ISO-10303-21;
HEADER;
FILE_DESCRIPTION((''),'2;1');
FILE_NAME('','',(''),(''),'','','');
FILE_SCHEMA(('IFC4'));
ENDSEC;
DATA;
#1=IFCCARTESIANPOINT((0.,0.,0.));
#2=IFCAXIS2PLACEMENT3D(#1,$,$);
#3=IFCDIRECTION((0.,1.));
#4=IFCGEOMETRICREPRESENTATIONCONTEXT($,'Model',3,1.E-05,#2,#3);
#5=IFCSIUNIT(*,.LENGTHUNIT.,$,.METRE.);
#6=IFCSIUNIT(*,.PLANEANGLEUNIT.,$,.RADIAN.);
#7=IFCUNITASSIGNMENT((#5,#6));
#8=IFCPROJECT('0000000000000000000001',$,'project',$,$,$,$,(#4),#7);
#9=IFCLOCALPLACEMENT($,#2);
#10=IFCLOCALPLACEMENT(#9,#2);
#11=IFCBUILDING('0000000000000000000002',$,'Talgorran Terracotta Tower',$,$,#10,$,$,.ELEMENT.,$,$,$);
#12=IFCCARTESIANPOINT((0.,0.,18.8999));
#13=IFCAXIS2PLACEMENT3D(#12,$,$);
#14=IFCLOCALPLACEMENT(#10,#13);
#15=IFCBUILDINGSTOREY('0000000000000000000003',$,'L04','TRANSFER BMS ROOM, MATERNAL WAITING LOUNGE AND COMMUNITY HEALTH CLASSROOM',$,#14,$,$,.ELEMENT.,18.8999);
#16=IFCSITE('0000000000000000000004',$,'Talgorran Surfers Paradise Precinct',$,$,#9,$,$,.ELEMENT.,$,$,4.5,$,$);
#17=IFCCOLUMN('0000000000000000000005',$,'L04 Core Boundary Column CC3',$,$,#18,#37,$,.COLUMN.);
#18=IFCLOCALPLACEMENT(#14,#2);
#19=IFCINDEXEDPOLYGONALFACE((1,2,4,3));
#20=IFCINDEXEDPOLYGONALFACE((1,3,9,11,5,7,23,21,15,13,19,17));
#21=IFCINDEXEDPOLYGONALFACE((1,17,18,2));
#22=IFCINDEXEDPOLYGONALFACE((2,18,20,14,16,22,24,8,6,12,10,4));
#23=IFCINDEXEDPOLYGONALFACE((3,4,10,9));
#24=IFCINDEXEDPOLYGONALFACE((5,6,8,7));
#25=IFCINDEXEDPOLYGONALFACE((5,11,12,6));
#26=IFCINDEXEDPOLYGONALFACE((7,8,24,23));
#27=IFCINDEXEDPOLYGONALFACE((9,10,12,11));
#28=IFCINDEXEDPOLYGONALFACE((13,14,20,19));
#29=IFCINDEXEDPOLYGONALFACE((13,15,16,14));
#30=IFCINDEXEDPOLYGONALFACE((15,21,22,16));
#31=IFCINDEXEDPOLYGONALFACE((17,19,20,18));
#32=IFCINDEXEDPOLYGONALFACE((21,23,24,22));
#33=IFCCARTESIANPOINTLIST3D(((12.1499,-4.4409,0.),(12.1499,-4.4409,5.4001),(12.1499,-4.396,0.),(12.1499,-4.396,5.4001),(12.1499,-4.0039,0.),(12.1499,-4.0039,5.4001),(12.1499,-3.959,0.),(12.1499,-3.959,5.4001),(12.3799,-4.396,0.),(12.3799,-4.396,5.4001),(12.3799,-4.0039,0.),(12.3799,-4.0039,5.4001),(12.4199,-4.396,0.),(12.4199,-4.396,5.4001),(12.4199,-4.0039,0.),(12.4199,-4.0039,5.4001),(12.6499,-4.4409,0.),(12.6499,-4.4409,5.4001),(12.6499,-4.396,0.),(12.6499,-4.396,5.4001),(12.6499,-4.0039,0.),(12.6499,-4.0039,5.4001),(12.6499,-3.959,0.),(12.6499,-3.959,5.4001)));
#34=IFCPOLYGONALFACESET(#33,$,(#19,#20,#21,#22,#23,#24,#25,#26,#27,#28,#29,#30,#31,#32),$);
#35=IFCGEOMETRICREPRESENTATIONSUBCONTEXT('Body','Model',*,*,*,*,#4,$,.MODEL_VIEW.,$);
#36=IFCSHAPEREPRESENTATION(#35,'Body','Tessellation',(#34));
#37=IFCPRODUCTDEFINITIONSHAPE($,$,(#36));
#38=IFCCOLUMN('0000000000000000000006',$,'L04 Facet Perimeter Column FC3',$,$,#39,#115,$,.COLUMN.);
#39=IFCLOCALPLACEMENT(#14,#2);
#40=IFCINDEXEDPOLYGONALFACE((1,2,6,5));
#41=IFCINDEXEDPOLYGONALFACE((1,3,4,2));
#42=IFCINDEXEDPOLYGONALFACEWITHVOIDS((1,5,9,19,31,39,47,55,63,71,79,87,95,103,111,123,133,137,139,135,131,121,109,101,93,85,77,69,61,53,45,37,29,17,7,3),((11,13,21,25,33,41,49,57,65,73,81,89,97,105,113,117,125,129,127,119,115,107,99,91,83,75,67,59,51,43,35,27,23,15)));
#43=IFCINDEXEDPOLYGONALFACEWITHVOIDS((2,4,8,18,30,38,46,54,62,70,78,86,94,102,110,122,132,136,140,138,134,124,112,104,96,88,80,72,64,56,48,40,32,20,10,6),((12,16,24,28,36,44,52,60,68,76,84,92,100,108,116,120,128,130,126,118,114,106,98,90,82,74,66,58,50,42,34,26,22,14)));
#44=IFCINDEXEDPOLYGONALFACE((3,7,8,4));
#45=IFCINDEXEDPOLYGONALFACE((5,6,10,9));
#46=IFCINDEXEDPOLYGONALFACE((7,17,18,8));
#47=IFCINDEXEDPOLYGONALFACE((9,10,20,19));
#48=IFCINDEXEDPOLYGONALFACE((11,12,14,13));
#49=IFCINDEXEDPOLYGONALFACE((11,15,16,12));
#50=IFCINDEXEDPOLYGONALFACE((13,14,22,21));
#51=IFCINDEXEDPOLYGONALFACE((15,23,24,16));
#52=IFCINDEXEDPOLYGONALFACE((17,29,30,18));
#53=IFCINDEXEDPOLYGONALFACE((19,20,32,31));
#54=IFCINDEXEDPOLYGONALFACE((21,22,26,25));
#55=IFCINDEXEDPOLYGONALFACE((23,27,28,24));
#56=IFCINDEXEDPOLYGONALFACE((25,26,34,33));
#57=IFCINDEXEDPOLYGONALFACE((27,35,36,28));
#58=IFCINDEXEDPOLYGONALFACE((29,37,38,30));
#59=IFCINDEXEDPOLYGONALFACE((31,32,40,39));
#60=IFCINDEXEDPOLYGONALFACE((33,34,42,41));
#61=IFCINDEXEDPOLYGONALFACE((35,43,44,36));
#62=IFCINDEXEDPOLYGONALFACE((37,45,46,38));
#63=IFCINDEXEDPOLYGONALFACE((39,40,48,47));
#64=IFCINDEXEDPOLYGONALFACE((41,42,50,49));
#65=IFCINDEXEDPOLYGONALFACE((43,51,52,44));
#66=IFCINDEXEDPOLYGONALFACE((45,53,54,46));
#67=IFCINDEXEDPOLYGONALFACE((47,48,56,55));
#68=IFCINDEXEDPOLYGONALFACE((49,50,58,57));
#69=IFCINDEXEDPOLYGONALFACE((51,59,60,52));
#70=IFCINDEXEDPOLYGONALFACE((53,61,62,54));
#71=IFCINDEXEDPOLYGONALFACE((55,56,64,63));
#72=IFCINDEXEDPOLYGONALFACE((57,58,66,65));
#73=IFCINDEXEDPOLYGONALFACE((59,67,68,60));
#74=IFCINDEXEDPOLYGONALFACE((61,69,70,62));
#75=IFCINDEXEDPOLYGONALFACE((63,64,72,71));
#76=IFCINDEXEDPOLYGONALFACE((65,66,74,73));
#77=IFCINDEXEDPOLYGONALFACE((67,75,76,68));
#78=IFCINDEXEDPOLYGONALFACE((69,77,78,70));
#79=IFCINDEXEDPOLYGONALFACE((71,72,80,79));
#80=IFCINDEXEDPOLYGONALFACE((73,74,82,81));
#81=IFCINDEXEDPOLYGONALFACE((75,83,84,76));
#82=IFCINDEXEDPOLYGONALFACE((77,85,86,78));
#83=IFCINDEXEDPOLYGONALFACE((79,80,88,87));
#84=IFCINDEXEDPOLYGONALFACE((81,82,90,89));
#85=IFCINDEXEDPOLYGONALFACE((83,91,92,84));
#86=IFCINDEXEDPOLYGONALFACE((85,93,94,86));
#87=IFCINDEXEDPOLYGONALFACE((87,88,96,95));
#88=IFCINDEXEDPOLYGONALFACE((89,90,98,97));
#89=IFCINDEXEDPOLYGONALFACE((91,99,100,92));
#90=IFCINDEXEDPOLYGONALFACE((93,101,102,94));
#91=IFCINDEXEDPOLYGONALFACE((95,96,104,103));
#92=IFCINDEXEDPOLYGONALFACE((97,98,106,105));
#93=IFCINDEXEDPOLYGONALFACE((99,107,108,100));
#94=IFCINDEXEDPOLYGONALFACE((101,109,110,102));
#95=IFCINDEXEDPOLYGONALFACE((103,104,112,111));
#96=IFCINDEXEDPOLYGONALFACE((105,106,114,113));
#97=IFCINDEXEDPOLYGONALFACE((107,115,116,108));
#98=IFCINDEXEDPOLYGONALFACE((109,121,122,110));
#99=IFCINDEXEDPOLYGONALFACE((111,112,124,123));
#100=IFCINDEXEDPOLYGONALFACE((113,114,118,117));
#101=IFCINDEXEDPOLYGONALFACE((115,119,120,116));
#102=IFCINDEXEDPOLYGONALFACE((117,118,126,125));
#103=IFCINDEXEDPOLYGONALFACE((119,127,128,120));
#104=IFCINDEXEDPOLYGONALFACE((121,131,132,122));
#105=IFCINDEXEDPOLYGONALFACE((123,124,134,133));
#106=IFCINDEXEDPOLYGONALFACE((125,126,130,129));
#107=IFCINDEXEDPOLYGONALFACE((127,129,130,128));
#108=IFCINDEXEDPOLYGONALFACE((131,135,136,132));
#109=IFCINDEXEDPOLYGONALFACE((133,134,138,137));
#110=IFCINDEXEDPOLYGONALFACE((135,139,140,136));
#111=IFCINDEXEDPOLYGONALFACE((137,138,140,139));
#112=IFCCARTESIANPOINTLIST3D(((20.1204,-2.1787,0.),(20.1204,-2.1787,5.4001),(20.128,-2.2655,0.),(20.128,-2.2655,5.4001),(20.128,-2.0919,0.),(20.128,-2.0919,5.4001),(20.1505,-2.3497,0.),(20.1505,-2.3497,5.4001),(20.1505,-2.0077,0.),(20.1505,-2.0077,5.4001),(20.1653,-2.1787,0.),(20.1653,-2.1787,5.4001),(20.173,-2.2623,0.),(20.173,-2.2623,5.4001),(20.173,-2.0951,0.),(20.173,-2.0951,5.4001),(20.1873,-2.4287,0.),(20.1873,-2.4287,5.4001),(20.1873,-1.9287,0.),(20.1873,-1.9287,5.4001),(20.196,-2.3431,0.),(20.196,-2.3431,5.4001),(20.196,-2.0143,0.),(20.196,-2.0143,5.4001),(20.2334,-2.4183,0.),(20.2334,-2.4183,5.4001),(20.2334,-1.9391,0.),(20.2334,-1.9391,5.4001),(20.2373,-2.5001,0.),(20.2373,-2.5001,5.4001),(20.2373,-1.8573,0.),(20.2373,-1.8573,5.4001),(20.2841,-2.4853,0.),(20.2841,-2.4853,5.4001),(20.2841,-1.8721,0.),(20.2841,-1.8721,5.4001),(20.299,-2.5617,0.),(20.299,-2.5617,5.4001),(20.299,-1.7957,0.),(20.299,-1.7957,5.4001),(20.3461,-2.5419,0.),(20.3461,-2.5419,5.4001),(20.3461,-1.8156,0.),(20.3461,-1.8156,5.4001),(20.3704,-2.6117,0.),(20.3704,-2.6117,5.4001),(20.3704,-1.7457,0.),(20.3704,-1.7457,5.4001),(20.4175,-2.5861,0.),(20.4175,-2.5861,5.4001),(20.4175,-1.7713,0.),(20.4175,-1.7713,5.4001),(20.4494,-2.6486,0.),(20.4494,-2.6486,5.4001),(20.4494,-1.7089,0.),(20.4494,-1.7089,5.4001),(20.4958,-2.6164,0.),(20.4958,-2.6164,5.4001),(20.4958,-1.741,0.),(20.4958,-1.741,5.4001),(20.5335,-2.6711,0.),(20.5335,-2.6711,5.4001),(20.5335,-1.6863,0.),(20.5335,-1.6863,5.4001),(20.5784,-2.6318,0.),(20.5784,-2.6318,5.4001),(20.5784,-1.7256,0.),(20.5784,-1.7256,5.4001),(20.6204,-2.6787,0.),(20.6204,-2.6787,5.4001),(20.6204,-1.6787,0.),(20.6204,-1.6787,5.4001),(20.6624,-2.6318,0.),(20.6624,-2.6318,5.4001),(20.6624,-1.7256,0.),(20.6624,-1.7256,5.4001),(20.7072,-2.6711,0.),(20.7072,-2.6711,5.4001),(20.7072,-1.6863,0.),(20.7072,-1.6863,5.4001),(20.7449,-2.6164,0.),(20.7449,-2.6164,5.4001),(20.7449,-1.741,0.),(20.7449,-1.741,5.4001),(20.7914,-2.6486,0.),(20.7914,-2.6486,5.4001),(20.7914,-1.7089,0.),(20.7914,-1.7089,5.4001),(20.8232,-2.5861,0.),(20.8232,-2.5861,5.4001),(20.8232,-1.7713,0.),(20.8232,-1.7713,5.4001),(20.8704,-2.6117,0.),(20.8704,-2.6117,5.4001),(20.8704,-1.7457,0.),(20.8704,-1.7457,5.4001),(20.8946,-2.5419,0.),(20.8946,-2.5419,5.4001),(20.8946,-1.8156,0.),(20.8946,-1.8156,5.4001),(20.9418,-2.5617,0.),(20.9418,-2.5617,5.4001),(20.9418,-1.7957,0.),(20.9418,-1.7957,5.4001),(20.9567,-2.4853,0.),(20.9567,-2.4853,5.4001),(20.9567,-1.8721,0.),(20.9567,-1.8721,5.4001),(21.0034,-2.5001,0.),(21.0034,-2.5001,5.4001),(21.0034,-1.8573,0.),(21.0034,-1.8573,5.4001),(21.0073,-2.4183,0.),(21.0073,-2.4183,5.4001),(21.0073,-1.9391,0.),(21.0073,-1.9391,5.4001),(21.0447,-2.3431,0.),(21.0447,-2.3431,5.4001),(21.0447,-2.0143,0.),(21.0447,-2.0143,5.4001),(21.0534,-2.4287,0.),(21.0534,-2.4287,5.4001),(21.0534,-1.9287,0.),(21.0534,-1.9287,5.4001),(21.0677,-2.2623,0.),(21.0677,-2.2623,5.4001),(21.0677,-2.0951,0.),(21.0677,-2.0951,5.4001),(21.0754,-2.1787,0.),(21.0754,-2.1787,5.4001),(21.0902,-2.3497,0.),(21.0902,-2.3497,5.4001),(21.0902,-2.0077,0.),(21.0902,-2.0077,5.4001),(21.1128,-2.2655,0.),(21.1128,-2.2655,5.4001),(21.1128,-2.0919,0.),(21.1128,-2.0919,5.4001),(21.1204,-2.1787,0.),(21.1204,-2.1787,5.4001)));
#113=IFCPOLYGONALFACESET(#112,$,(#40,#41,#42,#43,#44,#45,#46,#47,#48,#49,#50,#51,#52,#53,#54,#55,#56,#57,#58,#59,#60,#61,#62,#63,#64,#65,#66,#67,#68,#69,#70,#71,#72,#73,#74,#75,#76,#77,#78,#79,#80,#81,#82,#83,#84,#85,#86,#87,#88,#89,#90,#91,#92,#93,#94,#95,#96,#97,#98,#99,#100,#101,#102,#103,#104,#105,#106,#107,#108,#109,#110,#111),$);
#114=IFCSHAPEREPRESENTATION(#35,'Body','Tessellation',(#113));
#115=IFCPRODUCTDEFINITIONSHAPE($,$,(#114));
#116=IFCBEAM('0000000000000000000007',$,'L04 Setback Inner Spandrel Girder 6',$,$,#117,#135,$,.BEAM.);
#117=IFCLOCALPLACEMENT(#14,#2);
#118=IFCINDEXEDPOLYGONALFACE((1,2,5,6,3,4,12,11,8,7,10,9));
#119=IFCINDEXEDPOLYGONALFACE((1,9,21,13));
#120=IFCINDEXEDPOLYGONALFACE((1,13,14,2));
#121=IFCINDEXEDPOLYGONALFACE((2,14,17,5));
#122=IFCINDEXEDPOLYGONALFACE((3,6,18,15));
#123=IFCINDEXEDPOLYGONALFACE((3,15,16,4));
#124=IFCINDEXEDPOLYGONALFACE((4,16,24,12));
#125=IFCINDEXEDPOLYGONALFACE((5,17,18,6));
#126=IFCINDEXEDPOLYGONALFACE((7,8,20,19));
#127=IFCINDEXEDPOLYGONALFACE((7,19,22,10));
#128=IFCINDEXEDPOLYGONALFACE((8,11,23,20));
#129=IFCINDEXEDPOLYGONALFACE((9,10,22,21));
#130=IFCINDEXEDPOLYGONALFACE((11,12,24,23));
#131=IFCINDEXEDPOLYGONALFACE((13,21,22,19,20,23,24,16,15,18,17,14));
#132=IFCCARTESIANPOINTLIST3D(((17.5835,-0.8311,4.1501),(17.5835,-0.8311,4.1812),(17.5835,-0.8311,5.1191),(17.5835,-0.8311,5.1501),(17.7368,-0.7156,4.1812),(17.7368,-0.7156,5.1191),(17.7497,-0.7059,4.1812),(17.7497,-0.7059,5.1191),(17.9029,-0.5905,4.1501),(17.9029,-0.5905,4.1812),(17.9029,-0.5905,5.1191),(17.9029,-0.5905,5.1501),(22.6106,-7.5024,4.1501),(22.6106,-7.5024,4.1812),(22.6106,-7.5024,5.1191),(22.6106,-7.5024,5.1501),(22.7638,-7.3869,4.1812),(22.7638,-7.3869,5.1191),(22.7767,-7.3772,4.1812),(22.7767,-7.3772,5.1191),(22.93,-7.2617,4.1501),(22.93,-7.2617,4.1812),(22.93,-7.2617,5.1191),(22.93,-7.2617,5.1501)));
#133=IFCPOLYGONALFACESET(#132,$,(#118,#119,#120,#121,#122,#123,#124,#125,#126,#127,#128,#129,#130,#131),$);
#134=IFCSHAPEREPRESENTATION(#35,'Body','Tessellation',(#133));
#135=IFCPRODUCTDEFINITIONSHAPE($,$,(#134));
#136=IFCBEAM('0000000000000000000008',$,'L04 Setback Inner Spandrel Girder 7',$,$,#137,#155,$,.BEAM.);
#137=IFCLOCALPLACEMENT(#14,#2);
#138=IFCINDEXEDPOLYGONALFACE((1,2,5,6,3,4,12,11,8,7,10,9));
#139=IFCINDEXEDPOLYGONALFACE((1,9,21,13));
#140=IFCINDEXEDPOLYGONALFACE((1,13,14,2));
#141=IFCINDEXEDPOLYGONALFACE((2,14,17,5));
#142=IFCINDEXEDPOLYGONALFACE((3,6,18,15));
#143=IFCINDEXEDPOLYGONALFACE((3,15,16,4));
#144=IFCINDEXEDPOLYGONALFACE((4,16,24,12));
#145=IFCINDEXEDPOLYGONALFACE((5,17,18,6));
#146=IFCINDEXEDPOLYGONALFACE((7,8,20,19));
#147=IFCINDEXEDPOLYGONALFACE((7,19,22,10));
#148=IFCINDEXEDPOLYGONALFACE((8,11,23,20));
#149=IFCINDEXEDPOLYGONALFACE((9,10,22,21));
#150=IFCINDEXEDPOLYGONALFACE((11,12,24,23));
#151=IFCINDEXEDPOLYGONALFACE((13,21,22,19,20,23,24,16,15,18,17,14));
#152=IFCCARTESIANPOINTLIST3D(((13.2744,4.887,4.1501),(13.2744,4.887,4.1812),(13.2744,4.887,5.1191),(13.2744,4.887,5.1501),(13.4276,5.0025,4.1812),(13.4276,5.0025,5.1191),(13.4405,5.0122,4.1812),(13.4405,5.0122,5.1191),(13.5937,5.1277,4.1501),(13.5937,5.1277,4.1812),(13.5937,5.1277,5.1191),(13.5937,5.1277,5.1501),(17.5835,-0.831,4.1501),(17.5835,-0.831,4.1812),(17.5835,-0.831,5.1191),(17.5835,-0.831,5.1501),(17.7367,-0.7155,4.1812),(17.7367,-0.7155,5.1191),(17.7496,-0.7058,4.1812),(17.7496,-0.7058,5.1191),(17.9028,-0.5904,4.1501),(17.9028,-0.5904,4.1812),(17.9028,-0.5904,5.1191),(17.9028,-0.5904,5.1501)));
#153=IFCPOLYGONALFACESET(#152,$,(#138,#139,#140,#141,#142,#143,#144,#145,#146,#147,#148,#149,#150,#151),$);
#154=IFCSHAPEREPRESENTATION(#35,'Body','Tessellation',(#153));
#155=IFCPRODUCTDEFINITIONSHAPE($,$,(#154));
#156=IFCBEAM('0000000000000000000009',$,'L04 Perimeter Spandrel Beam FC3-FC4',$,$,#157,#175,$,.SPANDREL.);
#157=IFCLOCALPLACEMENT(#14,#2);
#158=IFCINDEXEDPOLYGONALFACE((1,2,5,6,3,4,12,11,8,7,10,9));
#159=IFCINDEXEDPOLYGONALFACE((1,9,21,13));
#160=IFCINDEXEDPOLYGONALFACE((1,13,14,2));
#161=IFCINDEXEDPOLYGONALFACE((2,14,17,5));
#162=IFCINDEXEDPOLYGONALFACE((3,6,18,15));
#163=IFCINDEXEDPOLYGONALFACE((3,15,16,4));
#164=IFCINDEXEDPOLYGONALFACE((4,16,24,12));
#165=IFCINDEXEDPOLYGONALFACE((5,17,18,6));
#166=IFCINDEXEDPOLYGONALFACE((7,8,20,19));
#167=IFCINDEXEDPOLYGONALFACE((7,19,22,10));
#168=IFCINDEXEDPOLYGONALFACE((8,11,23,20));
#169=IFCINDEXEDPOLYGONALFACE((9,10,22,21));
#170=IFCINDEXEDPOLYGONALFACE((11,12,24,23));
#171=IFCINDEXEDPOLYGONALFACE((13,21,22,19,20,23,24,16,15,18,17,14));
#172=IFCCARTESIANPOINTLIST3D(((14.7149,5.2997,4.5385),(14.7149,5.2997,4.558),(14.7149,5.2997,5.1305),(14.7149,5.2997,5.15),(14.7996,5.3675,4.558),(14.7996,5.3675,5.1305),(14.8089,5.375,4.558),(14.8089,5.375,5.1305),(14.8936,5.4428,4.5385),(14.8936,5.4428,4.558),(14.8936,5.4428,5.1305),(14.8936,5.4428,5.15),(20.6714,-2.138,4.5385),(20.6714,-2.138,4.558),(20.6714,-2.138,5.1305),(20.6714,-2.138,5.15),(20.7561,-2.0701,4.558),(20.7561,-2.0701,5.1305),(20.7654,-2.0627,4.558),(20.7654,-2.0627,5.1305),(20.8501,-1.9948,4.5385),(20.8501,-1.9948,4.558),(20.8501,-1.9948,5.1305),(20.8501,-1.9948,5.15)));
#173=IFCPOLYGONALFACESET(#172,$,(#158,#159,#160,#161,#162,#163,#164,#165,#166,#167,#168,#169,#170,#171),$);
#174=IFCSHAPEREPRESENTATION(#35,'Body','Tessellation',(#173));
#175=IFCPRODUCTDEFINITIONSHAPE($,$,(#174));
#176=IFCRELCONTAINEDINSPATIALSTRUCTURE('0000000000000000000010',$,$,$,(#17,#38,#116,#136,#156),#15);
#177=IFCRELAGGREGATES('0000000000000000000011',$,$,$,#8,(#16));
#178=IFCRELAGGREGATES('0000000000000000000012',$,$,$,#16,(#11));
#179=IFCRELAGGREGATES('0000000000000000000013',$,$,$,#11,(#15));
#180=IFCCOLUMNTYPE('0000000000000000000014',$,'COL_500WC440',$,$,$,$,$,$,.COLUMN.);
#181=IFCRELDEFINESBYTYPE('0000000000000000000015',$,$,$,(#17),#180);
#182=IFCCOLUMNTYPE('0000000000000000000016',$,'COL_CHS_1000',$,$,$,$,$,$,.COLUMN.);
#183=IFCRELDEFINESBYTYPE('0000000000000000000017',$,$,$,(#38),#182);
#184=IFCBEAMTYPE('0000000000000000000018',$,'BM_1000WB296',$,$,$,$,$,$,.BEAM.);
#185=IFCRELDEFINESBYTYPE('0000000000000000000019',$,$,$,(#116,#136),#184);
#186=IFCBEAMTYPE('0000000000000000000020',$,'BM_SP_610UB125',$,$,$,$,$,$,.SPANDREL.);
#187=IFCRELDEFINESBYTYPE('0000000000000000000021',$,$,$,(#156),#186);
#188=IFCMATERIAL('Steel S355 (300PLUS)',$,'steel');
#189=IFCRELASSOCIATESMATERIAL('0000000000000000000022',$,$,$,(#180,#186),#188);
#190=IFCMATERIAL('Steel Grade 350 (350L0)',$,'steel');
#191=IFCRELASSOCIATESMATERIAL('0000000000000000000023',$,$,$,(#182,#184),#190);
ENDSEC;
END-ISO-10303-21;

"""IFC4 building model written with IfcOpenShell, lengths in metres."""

from ifc_helpers import new_model, si_unit, direction, frame, origin, origin_2d, place, context, subcontext, project, spatial, hollow_circle, i_section, extrude, material, material_profile, profile_set, type_object, element, save


model = new_model("IFC4")

# Units and contexts
model_context = context("Model", 3, precision=1e-05, world=origin(), true_north=direction((0.0, 1.0)))
body_context = subcontext(model_context, "Body", "Model", "MODEL_VIEW")
ifc_project = project(units=[si_unit("LENGTHUNIT", "METRE"), si_unit("PLANEANGLEUNIT", "RADIAN")], contexts=[model_context])

# Site, building, storey
site_placement = place(None, origin())
site = spatial("IfcSite", under=ifc_project, at=site_placement, Name="Talgorran Surfers Paradise Precinct", CompositionType="ELEMENT", RefElevation=4.5)
building_placement = place(site_placement, origin())
building = spatial("IfcBuilding", under=site, at=building_placement, Name="Talgorran Terracotta Tower", CompositionType="ELEMENT")
storey_placement = place(building_placement, frame((0.0, 0.0, 18.8999)))
storey = spatial("IfcBuildingStorey", under=building, at=storey_placement, Name="L04", Description="TRANSFER BMS ROOM, MATERNAL WAITING LOUNGE AND COMMUNITY HEALTH CLASSROOM", CompositionType="ELEMENT", Elevation=18.8999)

# Columns
ifc_material_1 = material(Name="Steel S355 (300PLUS)", Category="steel")
ifc_material_profile_1 = material_profile(ifc_material_1, i_section(OverallWidth=0.5, OverallDepth=0.4819, WebThickness=0.04, FlangeThickness=0.0449, at=origin_2d()), Name="500WC440")
ifc_profile_set_1 = profile_set([ifc_material_profile_1], Name="Steel S355 (300PLUS)")
column_type_1 = type_object("IfcColumnType", Name="COL_500WC440", PredefinedType="COLUMN", material=ifc_profile_set_1)
column_1_placement = place(storey_placement, frame((12.3999, -4.2, 0.0), z_axis=(0.0, 0.0, 1.0), x_axis=(1.0, 0.0, 0.0)))
element("IfcColumn", 1, at=column_1_placement, inside=storey, type_object=column_type_1, Name="L04 Core Boundary Column CC3", PredefinedType="COLUMN", context=body_context, shape_type="SweptSolid", body=[
    extrude(i_section(OverallWidth=0.5, OverallDepth=0.4819, WebThickness=0.04, FlangeThickness=0.0449, at=origin_2d()), origin(), (0.0, 0.0, 1.0), 5.4001),
])
ifc_material_2 = material(Name="Steel Grade 350 (350L0)", Category="steel")
ifc_material_profile_2 = material_profile(ifc_material_2, hollow_circle(Radius=0.5, WallThickness=0.0449, at=origin_2d()), Name="CHS1000X45")
ifc_profile_set_2 = profile_set([ifc_material_profile_2], Name="Steel Grade 350 (350L0)")
column_type_2 = type_object("IfcColumnType", Name="COL_CHS_1000", PredefinedType="COLUMN", material=ifc_profile_set_2)
column_2_placement = place(storey_placement, frame((20.6204, -2.1787, 0.0), z_axis=(0.0, 0.0, 1.0), x_axis=(1.0, 0.0, 0.0)))
element("IfcColumn", 2, at=column_2_placement, inside=storey, type_object=column_type_2, Name="L04 Facet Perimeter Column FC3", PredefinedType="COLUMN", context=body_context, shape_type="SweptSolid", body=[
    extrude(hollow_circle(Radius=0.5, WallThickness=0.0449, at=origin_2d()), origin(), (0.0, 0.0, 1.0), 5.4001),
])

# Beams
ifc_material_profile_3 = material_profile(ifc_material_2, i_section(OverallWidth=0.3999, OverallDepth=1.0, WebThickness=0.0161, FlangeThickness=0.031, at=origin_2d()), Name="1000WB296")
ifc_profile_set_3 = profile_set([ifc_material_profile_3], Name="Steel Grade 350 (350L0)")
beam_type_1 = type_object("IfcBeamType", Name="BM_1000WB296", PredefinedType="BEAM", material=ifc_profile_set_3)
beam_1_placement = place(storey_placement, frame((22.7703, -7.3821, 4.6501), z_axis=(-0.601804, 0.798644, 0.0), x_axis=(-0.798644, -0.601804, 0.0)))
element("IfcBeam", 3, at=beam_1_placement, inside=storey, type_object=beam_type_1, Name="L04 Setback Inner Spandrel Girder 6", PredefinedType="BEAM", context=body_context, shape_type="SweptSolid", body=[
    extrude(i_section(OverallWidth=0.3999, OverallDepth=1.0, WebThickness=0.0161, FlangeThickness=0.031, at=origin_2d()), origin(), (0.0, 0.0, 1.0), 8.3533),
])
beam_2_placement = place(storey_placement, frame((17.7432, -0.7107, 4.6501), z_axis=(-0.601837, 0.798619, 0.0), x_axis=(-0.798619, -0.601837, 0.0)))
element("IfcBeam", 4, at=beam_2_placement, inside=storey, type_object=beam_type_1, Name="L04 Setback Inner Spandrel Girder 7", PredefinedType="BEAM", context=body_context, shape_type="SweptSolid", body=[
    extrude(i_section(OverallWidth=0.3999, OverallDepth=1.0, WebThickness=0.0161, FlangeThickness=0.031, at=origin_2d()), origin(), (0.0, 0.0, 1.0), 7.1599),
])
ifc_material_profile_4 = material_profile(ifc_material_1, i_section(OverallWidth=0.229, OverallDepth=0.6116, WebThickness=0.012, FlangeThickness=0.0195, at=origin_2d()), Name="610UB125")
ifc_profile_set_4 = profile_set([ifc_material_profile_4], Name="Steel S355 (300PLUS)")
beam_type_2 = type_object("IfcBeamType", Name="BM_SP_610UB125", PredefinedType="SPANDREL", material=ifc_profile_set_4)
beam_3_placement = place(storey_placement, frame((20.7607, -2.0664, 4.8442), z_axis=(-0.625101, 0.780544, 0.0), x_axis=(-0.780544, -0.625101, 0.0)))
element("IfcBeam", 5, at=beam_3_placement, inside=storey, type_object=beam_type_2, Name="L04 Perimeter Spandrel Beam FC3-FC4", PredefinedType="SPANDREL", context=body_context, shape_type="SweptSolid", body=[
    extrude(i_section(OverallWidth=0.229, OverallDepth=0.6116, WebThickness=0.012, FlangeThickness=0.0195, at=origin_2d()), origin(), (0.0, 0.0, 1.0), 9.5288),
])

save(model, "model.ifc")
